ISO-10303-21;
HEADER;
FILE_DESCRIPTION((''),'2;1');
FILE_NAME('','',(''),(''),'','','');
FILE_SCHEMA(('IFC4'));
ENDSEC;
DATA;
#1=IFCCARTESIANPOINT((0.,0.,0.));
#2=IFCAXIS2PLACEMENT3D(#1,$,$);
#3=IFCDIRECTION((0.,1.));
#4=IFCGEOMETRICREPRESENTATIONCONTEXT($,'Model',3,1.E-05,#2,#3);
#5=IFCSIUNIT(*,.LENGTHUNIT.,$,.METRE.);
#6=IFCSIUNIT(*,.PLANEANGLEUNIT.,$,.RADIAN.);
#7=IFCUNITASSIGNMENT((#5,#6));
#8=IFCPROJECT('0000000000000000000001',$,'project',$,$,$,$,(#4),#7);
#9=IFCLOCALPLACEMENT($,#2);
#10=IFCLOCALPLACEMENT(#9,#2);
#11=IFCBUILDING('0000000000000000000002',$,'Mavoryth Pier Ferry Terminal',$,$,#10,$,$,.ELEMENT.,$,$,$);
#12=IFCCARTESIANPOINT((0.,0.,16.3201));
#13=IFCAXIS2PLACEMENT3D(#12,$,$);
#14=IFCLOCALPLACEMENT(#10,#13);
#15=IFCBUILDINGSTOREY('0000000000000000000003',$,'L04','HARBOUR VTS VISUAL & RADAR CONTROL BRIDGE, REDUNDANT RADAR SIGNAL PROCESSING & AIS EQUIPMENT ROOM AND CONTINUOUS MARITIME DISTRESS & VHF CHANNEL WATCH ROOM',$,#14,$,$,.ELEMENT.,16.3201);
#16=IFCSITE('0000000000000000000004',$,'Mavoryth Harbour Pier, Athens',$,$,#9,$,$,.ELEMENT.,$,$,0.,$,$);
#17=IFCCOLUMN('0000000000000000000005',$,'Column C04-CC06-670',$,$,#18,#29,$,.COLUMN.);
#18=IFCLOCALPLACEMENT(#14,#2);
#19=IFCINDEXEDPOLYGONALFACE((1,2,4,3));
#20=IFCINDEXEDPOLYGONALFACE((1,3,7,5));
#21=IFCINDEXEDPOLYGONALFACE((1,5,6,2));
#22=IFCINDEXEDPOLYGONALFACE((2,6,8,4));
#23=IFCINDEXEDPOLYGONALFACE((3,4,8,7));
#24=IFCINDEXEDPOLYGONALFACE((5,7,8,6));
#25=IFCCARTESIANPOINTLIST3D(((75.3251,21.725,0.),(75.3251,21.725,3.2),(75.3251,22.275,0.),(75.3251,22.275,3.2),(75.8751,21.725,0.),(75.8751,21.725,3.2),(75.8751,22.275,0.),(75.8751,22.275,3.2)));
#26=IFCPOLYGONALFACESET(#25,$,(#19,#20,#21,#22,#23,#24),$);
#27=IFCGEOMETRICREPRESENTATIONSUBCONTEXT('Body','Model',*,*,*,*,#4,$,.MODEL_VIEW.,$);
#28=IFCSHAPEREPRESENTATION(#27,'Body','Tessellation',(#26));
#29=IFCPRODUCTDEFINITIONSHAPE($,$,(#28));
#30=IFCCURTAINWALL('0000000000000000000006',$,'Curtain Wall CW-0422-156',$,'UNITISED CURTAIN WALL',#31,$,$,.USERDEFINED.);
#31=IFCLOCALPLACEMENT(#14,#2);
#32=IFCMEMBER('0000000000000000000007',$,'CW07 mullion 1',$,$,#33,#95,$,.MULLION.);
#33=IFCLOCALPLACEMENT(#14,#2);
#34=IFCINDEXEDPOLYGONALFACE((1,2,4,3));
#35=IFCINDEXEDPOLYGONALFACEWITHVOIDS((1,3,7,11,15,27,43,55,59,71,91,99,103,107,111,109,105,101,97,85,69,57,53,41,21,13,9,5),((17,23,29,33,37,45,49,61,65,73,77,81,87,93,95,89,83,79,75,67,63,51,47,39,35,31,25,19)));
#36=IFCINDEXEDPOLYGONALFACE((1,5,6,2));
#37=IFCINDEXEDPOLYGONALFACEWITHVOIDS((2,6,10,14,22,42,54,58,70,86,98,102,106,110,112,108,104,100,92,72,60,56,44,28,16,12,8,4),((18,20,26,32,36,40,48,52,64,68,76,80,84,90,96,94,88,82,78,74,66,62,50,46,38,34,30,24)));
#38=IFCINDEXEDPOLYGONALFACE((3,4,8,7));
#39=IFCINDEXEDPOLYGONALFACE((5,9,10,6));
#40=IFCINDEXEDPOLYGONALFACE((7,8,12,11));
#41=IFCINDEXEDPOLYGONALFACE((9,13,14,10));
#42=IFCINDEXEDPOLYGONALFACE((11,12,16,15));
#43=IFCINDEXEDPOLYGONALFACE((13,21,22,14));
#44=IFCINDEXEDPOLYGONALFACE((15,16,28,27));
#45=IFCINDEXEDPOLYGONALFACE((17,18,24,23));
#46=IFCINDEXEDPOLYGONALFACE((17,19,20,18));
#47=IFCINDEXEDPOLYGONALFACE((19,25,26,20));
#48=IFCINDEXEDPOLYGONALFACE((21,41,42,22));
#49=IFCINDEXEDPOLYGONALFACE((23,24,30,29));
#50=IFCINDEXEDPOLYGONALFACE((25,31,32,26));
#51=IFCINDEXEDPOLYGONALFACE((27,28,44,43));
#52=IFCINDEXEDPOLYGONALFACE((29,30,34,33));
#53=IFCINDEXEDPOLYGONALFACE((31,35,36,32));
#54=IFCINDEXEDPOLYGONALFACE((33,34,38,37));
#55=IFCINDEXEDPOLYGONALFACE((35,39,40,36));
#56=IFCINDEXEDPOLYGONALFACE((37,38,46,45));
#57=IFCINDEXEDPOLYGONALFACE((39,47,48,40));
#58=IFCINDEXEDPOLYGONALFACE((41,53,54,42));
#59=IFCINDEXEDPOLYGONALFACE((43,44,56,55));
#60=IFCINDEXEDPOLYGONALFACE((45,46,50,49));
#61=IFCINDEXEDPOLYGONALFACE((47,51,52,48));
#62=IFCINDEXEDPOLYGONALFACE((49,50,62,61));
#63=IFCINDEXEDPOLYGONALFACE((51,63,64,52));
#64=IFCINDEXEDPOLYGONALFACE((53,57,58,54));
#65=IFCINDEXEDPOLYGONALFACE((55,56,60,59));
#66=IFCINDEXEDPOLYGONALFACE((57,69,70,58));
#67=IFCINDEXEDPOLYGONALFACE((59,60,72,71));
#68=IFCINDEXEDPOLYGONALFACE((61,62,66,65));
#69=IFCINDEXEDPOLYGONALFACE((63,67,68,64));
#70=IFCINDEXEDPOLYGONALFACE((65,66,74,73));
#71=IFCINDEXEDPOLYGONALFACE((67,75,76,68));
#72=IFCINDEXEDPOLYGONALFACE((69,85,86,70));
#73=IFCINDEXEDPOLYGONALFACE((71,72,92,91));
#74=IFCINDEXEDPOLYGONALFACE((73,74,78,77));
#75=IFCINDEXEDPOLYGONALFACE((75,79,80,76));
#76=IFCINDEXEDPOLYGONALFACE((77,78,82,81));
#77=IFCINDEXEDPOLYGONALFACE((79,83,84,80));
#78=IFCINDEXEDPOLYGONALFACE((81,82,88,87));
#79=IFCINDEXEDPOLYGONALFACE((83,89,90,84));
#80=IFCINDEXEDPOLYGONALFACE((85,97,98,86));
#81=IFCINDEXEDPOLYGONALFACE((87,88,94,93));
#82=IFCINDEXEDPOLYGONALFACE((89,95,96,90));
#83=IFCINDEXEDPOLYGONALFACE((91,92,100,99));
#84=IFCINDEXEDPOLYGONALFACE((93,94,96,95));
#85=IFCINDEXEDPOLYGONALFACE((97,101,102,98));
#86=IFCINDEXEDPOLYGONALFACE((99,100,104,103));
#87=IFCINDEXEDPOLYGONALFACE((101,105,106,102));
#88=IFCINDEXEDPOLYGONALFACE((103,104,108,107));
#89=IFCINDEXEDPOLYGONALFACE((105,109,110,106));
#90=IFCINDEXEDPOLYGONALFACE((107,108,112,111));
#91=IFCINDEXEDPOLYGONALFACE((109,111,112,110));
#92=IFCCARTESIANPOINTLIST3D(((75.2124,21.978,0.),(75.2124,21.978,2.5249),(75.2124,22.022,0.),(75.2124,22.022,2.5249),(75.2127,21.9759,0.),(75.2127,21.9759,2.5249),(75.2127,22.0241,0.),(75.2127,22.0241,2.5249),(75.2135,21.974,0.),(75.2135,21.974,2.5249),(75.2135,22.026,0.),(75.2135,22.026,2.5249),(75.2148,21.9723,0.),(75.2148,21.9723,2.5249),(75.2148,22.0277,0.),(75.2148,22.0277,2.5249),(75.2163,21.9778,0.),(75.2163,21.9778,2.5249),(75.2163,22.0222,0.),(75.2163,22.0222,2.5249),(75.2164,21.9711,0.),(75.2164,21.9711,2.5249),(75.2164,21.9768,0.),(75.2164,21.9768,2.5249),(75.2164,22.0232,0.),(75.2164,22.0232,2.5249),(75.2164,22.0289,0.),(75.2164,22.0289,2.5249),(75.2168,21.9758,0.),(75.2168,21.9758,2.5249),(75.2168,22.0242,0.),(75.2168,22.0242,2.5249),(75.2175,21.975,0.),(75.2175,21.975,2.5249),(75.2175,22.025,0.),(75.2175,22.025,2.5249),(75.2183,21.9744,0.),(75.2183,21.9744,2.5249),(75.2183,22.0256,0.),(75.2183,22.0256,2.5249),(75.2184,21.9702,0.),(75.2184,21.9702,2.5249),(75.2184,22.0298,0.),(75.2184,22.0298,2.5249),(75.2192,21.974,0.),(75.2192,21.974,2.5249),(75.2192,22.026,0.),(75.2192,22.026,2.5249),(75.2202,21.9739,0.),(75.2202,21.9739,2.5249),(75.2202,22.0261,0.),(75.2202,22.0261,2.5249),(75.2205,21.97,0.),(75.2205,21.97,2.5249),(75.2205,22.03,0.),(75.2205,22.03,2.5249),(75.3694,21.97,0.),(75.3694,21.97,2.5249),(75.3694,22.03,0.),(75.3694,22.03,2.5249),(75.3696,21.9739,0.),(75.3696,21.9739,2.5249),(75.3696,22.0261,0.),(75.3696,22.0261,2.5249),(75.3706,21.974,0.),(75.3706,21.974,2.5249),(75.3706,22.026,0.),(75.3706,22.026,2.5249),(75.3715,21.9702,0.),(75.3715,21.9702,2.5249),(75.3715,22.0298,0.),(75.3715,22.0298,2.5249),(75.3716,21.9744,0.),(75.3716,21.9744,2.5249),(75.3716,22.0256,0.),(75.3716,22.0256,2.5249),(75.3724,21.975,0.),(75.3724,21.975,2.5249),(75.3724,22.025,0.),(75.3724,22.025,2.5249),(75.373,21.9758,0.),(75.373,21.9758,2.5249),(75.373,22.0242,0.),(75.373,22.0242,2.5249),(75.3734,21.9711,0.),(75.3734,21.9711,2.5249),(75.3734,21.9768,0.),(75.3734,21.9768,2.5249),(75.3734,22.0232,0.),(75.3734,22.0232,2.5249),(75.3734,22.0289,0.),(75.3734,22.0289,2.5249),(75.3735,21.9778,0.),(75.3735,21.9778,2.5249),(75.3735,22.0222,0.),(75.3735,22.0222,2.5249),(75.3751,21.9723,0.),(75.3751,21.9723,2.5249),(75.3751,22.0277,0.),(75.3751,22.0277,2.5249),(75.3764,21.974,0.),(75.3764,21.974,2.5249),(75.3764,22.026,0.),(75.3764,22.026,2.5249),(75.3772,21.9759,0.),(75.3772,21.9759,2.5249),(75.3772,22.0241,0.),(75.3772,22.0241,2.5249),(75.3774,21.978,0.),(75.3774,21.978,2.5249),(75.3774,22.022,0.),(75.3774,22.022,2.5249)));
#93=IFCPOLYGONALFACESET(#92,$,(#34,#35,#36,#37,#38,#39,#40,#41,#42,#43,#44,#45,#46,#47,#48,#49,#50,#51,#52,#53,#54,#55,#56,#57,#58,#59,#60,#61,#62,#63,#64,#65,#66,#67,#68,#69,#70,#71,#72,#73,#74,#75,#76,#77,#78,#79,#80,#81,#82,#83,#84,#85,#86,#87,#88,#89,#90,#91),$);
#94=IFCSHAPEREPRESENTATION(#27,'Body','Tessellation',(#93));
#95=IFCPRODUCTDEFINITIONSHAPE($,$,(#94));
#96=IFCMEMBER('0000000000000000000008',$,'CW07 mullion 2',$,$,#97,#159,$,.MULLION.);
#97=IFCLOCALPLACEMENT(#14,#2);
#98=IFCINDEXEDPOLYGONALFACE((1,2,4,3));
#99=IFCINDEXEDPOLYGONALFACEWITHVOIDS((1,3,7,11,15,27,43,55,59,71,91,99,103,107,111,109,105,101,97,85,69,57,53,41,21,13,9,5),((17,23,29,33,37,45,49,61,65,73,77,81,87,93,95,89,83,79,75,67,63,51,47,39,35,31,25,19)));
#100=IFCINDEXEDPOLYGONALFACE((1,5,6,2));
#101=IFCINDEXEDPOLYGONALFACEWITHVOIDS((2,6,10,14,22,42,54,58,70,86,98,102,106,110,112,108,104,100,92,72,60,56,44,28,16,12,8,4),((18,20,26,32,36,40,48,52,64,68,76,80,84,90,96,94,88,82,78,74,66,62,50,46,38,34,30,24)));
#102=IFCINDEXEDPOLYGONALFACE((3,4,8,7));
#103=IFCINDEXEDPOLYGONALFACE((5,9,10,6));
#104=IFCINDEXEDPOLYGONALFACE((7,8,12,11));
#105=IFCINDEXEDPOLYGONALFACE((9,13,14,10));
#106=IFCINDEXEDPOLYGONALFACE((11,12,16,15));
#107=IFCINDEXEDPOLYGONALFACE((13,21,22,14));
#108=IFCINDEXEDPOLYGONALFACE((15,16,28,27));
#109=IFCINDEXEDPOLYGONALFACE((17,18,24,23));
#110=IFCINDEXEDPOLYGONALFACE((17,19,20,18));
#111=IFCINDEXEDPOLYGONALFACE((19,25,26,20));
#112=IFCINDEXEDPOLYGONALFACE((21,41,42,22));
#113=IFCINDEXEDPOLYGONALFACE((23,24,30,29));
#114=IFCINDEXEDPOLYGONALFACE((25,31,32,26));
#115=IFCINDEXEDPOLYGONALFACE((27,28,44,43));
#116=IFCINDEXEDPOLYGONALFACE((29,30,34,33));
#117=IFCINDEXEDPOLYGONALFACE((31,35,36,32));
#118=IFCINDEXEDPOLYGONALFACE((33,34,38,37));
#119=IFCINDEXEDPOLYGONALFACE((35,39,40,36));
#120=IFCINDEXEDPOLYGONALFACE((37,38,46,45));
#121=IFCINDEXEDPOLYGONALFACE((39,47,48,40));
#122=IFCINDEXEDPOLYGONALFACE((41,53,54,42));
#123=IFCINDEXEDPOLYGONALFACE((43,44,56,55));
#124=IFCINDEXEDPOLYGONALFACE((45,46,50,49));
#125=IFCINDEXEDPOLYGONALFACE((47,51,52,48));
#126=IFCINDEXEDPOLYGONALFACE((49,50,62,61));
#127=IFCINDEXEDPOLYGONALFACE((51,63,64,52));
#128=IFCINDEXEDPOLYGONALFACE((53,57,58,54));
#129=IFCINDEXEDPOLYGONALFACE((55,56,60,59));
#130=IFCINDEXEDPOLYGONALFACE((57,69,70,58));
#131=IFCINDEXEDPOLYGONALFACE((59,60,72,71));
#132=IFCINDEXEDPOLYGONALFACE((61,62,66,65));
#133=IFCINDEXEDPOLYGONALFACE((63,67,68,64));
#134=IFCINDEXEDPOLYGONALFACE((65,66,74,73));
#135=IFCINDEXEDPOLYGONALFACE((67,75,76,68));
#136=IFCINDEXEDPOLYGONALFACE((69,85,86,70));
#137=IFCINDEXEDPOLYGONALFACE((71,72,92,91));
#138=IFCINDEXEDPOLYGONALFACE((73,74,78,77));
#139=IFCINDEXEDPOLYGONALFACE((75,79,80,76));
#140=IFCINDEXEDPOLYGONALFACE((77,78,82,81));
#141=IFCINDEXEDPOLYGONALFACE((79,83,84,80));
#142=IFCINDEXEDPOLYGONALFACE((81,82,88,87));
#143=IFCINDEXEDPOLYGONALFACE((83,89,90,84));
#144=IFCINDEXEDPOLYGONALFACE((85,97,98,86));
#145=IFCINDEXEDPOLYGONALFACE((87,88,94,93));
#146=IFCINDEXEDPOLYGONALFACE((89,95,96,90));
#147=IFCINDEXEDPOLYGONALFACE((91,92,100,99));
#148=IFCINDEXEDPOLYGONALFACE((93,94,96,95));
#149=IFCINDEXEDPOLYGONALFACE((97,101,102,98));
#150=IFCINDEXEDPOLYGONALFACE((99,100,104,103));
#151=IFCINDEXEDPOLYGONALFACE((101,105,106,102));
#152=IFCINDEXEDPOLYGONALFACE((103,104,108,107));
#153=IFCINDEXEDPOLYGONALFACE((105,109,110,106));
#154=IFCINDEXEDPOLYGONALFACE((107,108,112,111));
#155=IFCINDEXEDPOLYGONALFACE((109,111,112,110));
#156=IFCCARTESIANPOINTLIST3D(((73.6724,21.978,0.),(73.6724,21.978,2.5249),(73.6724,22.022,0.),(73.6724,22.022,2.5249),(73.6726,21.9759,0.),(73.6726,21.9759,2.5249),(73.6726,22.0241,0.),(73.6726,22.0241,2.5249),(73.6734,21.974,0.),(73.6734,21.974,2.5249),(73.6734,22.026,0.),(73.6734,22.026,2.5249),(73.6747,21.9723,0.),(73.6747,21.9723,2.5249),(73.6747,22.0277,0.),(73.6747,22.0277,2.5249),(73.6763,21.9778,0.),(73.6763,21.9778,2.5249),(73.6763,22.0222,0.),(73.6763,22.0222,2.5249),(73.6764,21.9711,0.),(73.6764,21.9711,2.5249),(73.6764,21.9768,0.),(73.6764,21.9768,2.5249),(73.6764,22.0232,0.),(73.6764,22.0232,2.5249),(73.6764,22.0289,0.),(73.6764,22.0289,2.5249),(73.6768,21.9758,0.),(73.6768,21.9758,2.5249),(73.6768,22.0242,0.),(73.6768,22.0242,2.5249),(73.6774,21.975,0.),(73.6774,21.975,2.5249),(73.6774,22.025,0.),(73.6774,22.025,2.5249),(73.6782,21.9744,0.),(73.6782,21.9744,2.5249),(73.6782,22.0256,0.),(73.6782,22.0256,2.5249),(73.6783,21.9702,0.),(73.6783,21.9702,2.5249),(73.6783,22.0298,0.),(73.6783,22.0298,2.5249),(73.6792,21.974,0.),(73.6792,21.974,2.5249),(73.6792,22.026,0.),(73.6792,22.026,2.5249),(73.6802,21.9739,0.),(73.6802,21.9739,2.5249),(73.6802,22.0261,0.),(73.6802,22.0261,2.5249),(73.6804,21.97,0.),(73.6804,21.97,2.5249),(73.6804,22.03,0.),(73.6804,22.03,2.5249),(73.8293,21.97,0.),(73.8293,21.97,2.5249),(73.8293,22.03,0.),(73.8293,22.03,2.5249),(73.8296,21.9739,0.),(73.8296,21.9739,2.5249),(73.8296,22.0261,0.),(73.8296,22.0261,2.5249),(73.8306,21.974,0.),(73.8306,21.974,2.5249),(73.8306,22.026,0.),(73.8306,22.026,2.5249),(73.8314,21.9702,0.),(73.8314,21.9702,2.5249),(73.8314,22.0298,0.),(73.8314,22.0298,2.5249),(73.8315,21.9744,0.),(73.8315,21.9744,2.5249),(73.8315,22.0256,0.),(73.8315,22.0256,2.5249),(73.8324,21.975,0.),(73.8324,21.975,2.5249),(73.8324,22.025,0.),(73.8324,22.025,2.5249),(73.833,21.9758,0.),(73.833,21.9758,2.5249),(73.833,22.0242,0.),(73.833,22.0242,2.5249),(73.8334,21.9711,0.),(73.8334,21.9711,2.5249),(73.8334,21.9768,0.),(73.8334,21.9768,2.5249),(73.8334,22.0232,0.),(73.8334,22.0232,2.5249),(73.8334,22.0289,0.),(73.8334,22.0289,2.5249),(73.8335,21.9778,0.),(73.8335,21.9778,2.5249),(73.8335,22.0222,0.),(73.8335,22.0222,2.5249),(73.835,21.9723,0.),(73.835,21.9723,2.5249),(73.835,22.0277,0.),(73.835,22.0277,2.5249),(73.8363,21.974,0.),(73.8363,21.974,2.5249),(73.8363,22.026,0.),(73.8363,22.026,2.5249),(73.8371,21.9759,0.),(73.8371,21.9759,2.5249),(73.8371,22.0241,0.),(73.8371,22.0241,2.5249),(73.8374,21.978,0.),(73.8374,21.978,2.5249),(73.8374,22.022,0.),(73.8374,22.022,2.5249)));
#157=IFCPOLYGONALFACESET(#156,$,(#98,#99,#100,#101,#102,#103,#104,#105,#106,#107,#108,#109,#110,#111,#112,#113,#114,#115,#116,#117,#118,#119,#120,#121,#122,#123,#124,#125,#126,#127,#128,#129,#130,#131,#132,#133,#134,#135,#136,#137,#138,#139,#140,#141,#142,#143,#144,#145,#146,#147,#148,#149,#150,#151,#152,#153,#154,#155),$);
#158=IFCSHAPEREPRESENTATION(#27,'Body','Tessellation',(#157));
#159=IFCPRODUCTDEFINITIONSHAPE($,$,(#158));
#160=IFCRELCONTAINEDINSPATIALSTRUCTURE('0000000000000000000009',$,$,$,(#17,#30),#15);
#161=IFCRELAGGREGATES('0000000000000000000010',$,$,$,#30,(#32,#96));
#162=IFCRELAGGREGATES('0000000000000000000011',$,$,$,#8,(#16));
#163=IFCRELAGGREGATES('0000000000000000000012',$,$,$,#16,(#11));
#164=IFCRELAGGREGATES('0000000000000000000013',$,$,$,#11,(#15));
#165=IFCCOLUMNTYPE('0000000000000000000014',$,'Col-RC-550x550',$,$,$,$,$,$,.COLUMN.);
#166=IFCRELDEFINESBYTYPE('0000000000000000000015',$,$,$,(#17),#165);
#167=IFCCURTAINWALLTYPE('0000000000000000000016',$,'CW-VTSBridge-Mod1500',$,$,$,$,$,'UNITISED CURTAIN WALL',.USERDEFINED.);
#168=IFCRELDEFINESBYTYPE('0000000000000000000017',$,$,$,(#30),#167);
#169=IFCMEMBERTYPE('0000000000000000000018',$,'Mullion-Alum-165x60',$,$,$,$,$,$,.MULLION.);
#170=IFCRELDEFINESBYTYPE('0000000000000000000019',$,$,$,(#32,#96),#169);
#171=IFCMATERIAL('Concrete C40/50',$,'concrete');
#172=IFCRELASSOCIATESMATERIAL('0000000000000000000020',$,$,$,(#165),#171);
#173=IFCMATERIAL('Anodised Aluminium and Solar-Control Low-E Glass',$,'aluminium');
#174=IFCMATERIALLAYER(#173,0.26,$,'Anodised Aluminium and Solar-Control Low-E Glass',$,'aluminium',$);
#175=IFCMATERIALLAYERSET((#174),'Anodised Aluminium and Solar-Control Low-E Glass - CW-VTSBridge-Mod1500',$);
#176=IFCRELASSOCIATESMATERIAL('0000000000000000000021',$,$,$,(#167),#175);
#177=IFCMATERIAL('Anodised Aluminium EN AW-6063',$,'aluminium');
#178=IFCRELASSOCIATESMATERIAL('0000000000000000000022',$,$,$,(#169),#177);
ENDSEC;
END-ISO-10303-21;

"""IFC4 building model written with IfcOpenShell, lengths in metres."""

from ifc_helpers import new_model, si_unit, direction, frame, origin, origin_2d, place, context, subcontext, project, spatial, rectangle, hollow_rectangle, extrude, material, layer, layer_set, material_profile, profile_set, type_object, element, aggregate, save


model = new_model("IFC4")

# Units and contexts
model_context = context("Model", 3, precision=1e-05, world=origin(), true_north=direction((0.0, 1.0)))
body_context = subcontext(model_context, "Body", "Model", "MODEL_VIEW")
ifc_project = project(units=[si_unit("LENGTHUNIT", "METRE"), si_unit("PLANEANGLEUNIT", "RADIAN")], contexts=[model_context])

# Site, building, storey
site_placement = place(None, origin())
site = spatial("IfcSite", under=ifc_project, at=site_placement, Name="Mavoryth Harbour Pier, Athens", CompositionType="ELEMENT", RefElevation=0.0)
building_placement = place(site_placement, origin())
building = spatial("IfcBuilding", under=site, at=building_placement, Name="Mavoryth Pier Ferry Terminal", CompositionType="ELEMENT")
storey_placement = place(building_placement, frame((0.0, 0.0, 16.3201)))
storey = spatial("IfcBuildingStorey", under=building, at=storey_placement, Name="L04", Description="HARBOUR VTS VISUAL & RADAR CONTROL BRIDGE, REDUNDANT RADAR SIGNAL PROCESSING & AIS EQUIPMENT ROOM AND CONTINUOUS MARITIME DISTRESS & VHF CHANNEL WATCH ROOM", CompositionType="ELEMENT", Elevation=16.3201)

# Column
ifc_material_1 = material(Name="Concrete C40/50", Category="concrete")
ifc_material_profile_1 = material_profile(ifc_material_1, rectangle(XDim=0.55, YDim=0.55, at=origin_2d()), Name="RC 550x550", Category="concrete")
ifc_profile_set_1 = profile_set([ifc_material_profile_1], Name="Concrete C40/50 - RC 550x550")
column_type = type_object("IfcColumnType", Name="Col-RC-550x550", PredefinedType="COLUMN", material=ifc_profile_set_1)
column_placement = place(storey_placement, frame((75.6001, 22.0, 0.0), z_axis=(0.0, 0.0, 1.0), x_axis=(1.0, 0.0, 0.0)))
element("IfcColumn", 1, at=column_placement, inside=storey, type_object=column_type, Name="Column C04-CC06-670", PredefinedType="COLUMN", context=body_context, shape_type="SweptSolid", body=[
    extrude(rectangle(XDim=0.55, YDim=0.55, at=origin_2d()), origin(), (0.0, 0.0, 1.0), 3.2),
])

# Curtain wall, members
ifc_material_2 = material(Name="Anodised Aluminium and Solar-Control Low-E Glass", Category="aluminium")
ifc_layer_1 = layer(ifc_material_2, 0.26, Name="Anodised Aluminium and Solar-Control Low-E Glass", Category="aluminium")
ifc_layer_set_1 = layer_set([ifc_layer_1], Name="Anodised Aluminium and Solar-Control Low-E Glass - CW-VTSBridge-Mod1500")
curtain_wall_type = type_object("IfcCurtainWallType", Name="CW-VTSBridge-Mod1500", ElementType="UNITISED CURTAIN WALL", PredefinedType="USERDEFINED", material=ifc_layer_set_1)
curtain_wall_placement = place(storey_placement, origin())
curtain_wall = element("IfcCurtainWall", 2, at=curtain_wall_placement, inside=storey, type_object=curtain_wall_type, Name="Curtain Wall CW-0422-156", ObjectType="UNITISED CURTAIN WALL", PredefinedType="USERDEFINED")
ifc_material_3 = material(Name="Anodised Aluminium EN AW-6063", Category="aluminium")
ifc_material_profile_2 = material_profile(ifc_material_3, hollow_rectangle(XDim=0.0601, YDim=0.165, WallThickness=0.0039, InnerFilletRadius=0.0039, OuterFilletRadius=0.0081, at=origin_2d()), Name="AL-MULL 165x60x4", Category="aluminium")
ifc_profile_set_2 = profile_set([ifc_material_profile_2], Name="Anodised Aluminium EN AW-6063 - AL-MULL 165x60x4")
member_type_1 = type_object("IfcMemberType", Name="Mullion-Alum-165x60", PredefinedType="MULLION", material=ifc_profile_set_2)
member_1_placement = place(storey_placement, frame((75.2949, 22.0, 0.0), z_axis=(0.0, 0.0, 1.0), x_axis=(0.0, -1.0, 0.0)))
member_1 = element("IfcMember", 3, at=member_1_placement, type_object=member_type_1, Name="CW07 mullion 1", PredefinedType="MULLION", context=body_context, shape_type="SweptSolid", body=[
    extrude(hollow_rectangle(XDim=0.0601, YDim=0.165, WallThickness=0.0039, InnerFilletRadius=0.0039, OuterFilletRadius=0.0081, at=origin_2d()), origin(), (0.0, 0.0, 1.0), 2.5249),
])
member_2_placement = place(storey_placement, frame((73.7549, 22.0, 0.0), z_axis=(0.0, 0.0, 1.0), x_axis=(0.0, -1.0, 0.0)))
member_2 = element("IfcMember", 4, at=member_2_placement, type_object=member_type_1, Name="CW07 mullion 2", PredefinedType="MULLION", context=body_context, shape_type="SweptSolid", body=[
    extrude(hollow_rectangle(XDim=0.0601, YDim=0.165, WallThickness=0.0039, InnerFilletRadius=0.0039, OuterFilletRadius=0.0081, at=origin_2d()), origin(), (0.0, 0.0, 1.0), 2.5249),
])
aggregate(curtain_wall, [member_1, member_2])

save(model, "model.ifc")
